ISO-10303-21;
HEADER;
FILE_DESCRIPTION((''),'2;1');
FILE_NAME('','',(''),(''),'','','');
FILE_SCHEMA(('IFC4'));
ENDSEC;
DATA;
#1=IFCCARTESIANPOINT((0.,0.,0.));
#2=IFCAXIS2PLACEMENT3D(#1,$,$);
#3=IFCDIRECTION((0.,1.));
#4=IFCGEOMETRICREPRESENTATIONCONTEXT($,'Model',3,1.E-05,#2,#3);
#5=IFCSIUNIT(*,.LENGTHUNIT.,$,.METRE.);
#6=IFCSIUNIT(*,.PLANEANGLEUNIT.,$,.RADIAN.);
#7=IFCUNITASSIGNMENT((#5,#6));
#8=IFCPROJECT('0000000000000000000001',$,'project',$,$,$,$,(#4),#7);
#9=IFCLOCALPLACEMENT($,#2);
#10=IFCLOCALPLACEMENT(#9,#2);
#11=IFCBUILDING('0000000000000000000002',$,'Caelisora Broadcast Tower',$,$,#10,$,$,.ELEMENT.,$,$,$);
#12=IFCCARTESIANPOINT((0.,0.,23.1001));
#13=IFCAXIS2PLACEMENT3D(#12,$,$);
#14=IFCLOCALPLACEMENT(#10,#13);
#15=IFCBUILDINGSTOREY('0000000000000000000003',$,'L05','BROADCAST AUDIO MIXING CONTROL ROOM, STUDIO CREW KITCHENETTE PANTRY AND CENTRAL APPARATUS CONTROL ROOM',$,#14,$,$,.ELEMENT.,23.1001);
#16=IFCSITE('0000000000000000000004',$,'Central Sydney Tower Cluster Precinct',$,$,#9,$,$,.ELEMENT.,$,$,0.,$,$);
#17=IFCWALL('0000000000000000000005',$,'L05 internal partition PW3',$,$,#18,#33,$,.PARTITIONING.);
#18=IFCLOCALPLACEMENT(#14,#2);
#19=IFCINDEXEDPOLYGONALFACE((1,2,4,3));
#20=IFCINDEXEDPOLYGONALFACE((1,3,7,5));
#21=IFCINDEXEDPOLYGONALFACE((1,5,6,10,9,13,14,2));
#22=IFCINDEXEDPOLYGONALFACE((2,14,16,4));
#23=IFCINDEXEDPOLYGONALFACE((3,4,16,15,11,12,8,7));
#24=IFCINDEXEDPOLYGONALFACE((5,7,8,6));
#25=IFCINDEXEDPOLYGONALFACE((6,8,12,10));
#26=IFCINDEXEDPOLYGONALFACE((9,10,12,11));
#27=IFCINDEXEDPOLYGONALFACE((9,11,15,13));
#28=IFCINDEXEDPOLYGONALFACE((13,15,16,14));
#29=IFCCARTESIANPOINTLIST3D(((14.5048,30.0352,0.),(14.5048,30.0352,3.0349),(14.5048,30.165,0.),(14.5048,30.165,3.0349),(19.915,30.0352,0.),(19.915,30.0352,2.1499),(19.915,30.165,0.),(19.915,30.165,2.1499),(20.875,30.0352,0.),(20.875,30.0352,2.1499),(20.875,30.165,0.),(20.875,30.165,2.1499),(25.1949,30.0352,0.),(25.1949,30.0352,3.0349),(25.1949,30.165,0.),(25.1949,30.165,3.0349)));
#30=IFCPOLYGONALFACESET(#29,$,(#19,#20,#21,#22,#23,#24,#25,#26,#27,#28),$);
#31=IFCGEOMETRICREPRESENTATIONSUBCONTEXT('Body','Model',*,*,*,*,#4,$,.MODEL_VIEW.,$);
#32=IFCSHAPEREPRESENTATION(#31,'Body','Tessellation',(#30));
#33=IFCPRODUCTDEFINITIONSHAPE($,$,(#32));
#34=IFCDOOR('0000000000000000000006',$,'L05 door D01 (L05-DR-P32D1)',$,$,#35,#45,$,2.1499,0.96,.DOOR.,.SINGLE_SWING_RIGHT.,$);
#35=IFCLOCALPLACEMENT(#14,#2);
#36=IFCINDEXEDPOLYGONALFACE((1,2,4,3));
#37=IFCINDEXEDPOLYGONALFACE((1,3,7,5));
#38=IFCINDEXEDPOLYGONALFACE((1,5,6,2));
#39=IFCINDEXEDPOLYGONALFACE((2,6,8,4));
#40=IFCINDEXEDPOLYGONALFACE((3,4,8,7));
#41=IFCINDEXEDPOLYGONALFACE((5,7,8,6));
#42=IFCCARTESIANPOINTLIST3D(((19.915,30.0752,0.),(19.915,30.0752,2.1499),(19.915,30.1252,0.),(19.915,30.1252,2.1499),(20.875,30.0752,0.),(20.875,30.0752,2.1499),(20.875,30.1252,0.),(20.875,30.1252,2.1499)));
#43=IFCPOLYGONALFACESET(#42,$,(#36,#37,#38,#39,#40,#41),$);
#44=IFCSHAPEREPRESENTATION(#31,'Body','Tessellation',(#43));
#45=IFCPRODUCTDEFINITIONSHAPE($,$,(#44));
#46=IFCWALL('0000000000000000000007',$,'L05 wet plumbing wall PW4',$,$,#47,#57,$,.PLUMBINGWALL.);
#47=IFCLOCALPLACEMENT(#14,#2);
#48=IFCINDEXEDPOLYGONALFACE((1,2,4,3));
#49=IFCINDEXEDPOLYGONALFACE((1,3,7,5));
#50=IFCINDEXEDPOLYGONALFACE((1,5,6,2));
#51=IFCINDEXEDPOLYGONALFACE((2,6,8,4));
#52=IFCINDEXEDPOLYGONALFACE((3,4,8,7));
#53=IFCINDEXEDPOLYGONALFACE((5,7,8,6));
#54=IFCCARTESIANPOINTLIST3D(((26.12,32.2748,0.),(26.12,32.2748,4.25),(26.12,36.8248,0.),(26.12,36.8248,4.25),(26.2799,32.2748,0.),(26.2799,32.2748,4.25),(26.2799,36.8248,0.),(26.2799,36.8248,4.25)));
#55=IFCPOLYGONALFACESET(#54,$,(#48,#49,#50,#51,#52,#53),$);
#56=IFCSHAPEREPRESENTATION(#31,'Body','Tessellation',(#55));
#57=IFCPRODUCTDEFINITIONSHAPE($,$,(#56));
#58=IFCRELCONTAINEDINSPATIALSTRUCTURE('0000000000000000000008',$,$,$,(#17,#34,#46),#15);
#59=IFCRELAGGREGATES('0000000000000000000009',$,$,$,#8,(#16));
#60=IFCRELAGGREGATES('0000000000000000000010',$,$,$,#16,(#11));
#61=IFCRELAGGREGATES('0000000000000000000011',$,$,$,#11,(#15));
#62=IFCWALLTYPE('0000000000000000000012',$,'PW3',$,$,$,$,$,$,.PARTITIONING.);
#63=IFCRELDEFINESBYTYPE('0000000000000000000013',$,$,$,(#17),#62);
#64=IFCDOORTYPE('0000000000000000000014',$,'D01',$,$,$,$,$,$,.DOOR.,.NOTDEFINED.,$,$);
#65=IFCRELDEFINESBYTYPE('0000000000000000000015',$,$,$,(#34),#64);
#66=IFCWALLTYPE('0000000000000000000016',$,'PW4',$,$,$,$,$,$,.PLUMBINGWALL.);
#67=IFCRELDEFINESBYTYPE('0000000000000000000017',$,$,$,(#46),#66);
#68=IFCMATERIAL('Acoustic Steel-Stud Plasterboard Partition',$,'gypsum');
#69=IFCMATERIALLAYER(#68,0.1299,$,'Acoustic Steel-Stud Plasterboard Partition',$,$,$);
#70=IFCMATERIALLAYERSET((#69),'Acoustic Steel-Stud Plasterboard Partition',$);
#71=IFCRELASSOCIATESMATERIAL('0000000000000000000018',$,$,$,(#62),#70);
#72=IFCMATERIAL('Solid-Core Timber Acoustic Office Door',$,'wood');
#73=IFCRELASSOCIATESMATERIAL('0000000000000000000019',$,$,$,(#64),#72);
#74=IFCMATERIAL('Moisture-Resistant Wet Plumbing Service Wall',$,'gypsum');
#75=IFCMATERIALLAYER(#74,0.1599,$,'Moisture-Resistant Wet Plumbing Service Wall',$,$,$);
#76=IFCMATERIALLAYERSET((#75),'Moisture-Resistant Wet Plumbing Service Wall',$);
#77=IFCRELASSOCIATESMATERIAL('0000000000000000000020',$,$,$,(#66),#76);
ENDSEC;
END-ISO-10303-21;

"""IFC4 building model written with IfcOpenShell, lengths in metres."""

from ifc_helpers import new_model, si_unit, direction, frame, frame_2d, origin, place, context, subcontext, project, spatial, rectangle, extrude, material, layer, layer_set, type_object, element, fill, save


model = new_model("IFC4")

# Units and contexts
model_context = context("Model", 3, precision=1e-05, world=origin(), true_north=direction((0.0, 1.0)))
body_context = subcontext(model_context, "Body", "Model", "MODEL_VIEW")
ifc_project = project(units=[si_unit("LENGTHUNIT", "METRE"), si_unit("PLANEANGLEUNIT", "RADIAN")], contexts=[model_context])

# Site, building, storey
site_placement = place(None, origin())
site = spatial("IfcSite", under=ifc_project, at=site_placement, Name="Central Sydney Tower Cluster Precinct", CompositionType="ELEMENT", RefElevation=0.0)
building_placement = place(site_placement, origin())
building = spatial("IfcBuilding", under=site, at=building_placement, Name="Caelisora Broadcast Tower", CompositionType="ELEMENT")
storey_placement = place(building_placement, frame((0.0, 0.0, 23.1001)))
storey = spatial("IfcBuildingStorey", under=building, at=storey_placement, Name="L05", Description="BROADCAST AUDIO MIXING CONTROL ROOM, STUDIO CREW KITCHENETTE PANTRY AND CENTRAL APPARATUS CONTROL ROOM", CompositionType="ELEMENT", Elevation=23.1001)

# Shared definitions
ifc_material_1 = material(Name="Acoustic Steel-Stud Plasterboard Partition", Category="gypsum")
ifc_layer_1 = layer(ifc_material_1, 0.1299, Name="Acoustic Steel-Stud Plasterboard Partition")
ifc_layer_set_1 = layer_set([ifc_layer_1], Name="Acoustic Steel-Stud Plasterboard Partition")
wall_type_1 = type_object("IfcWallType", Name="PW3", PredefinedType="PARTITIONING", material=ifc_layer_set_1)
ifc_material_2 = material(Name="Solid-Core Timber Acoustic Office Door", Category="wood")
door_type = type_object("IfcDoorType", Name="D01", OperationType="NOTDEFINED", PredefinedType="DOOR", material=ifc_material_2)

# Wall, opening, door
wall_1_placement = place(storey_placement, frame((25.1951, 30.1001, 0.0), z_axis=(0.0, 0.0, 1.0), x_axis=(-1.0, 0.0, 0.0)))
wall_1 = element("IfcWall", 1, at=wall_1_placement, inside=storey, type_object=wall_type_1, Name="L05 internal partition PW3", PredefinedType="PARTITIONING", context=body_context, shape_type="SweptSolid", body=[
    extrude(rectangle(XDim=10.6902, YDim=0.1299, at=frame_2d((5.3452, 0.0))), origin(), (0.0, 0.0, 1.0), 3.0349),
])
opening_1_placement = place(wall_1_placement, frame((4.3201, 0.0, 0.0)))
opening_1 = element("IfcOpeningElement", 2, at=opening_1_placement, cuts=wall_1, PredefinedType="OPENING", context=body_context, shape_type="SweptSolid", body=[
    extrude(rectangle(XDim=0.96, YDim=2.1499, at=frame_2d((0.48, 1.075))), frame((0.0, 0.0769, 0.0), z_axis=(0.0, -1.0, 0.0), x_axis=(1.0, 0.0, 0.0)), (0.0, 0.0, 1.0), 0.1538),
])
door_1_placement = place(opening_1_placement, origin())
door_1 = element("IfcDoor", 3, at=door_1_placement, inside=storey, type_object=door_type, Name="L05 door D01 (L05-DR-P32D1)", OperationType="SINGLE_SWING_RIGHT", OverallHeight=2.1499, OverallWidth=0.96, PredefinedType="DOOR", context=body_context, shape_type="SweptSolid", body=[
    extrude(rectangle(XDim=0.96, YDim=2.1499, at=frame_2d((0.48, 1.075))), frame((0.0, 0.0249, 0.0), z_axis=(0.0, -1.0, 0.0), x_axis=(1.0, 0.0, 0.0)), (0.0, 0.0, 1.0), 0.05),
])
fill(opening_1, door_1)

# Wall
ifc_material_3 = material(Name="Moisture-Resistant Wet Plumbing Service Wall", Category="gypsum")
ifc_layer_2 = layer(ifc_material_3, 0.1599, Name="Moisture-Resistant Wet Plumbing Service Wall")
ifc_layer_set_2 = layer_set([ifc_layer_2], Name="Moisture-Resistant Wet Plumbing Service Wall")
wall_type_2 = type_object("IfcWallType", Name="PW4", PredefinedType="PLUMBINGWALL", material=ifc_layer_set_2)
wall_2_placement = place(storey_placement, frame((26.2, 32.2749, 0.0), z_axis=(0.0, 0.0, 1.0), x_axis=(0.0, 1.0, 0.0)))
element("IfcWall", 4, at=wall_2_placement, inside=storey, type_object=wall_type_2, Name="L05 wet plumbing wall PW4", PredefinedType="PLUMBINGWALL", context=body_context, shape_type="SweptSolid", body=[
    extrude(rectangle(XDim=4.55, YDim=0.1599, at=frame_2d((2.2749, 0.0))), origin(), (0.0, 0.0, 1.0), 4.25),
])

save(model, "model.ifc")
